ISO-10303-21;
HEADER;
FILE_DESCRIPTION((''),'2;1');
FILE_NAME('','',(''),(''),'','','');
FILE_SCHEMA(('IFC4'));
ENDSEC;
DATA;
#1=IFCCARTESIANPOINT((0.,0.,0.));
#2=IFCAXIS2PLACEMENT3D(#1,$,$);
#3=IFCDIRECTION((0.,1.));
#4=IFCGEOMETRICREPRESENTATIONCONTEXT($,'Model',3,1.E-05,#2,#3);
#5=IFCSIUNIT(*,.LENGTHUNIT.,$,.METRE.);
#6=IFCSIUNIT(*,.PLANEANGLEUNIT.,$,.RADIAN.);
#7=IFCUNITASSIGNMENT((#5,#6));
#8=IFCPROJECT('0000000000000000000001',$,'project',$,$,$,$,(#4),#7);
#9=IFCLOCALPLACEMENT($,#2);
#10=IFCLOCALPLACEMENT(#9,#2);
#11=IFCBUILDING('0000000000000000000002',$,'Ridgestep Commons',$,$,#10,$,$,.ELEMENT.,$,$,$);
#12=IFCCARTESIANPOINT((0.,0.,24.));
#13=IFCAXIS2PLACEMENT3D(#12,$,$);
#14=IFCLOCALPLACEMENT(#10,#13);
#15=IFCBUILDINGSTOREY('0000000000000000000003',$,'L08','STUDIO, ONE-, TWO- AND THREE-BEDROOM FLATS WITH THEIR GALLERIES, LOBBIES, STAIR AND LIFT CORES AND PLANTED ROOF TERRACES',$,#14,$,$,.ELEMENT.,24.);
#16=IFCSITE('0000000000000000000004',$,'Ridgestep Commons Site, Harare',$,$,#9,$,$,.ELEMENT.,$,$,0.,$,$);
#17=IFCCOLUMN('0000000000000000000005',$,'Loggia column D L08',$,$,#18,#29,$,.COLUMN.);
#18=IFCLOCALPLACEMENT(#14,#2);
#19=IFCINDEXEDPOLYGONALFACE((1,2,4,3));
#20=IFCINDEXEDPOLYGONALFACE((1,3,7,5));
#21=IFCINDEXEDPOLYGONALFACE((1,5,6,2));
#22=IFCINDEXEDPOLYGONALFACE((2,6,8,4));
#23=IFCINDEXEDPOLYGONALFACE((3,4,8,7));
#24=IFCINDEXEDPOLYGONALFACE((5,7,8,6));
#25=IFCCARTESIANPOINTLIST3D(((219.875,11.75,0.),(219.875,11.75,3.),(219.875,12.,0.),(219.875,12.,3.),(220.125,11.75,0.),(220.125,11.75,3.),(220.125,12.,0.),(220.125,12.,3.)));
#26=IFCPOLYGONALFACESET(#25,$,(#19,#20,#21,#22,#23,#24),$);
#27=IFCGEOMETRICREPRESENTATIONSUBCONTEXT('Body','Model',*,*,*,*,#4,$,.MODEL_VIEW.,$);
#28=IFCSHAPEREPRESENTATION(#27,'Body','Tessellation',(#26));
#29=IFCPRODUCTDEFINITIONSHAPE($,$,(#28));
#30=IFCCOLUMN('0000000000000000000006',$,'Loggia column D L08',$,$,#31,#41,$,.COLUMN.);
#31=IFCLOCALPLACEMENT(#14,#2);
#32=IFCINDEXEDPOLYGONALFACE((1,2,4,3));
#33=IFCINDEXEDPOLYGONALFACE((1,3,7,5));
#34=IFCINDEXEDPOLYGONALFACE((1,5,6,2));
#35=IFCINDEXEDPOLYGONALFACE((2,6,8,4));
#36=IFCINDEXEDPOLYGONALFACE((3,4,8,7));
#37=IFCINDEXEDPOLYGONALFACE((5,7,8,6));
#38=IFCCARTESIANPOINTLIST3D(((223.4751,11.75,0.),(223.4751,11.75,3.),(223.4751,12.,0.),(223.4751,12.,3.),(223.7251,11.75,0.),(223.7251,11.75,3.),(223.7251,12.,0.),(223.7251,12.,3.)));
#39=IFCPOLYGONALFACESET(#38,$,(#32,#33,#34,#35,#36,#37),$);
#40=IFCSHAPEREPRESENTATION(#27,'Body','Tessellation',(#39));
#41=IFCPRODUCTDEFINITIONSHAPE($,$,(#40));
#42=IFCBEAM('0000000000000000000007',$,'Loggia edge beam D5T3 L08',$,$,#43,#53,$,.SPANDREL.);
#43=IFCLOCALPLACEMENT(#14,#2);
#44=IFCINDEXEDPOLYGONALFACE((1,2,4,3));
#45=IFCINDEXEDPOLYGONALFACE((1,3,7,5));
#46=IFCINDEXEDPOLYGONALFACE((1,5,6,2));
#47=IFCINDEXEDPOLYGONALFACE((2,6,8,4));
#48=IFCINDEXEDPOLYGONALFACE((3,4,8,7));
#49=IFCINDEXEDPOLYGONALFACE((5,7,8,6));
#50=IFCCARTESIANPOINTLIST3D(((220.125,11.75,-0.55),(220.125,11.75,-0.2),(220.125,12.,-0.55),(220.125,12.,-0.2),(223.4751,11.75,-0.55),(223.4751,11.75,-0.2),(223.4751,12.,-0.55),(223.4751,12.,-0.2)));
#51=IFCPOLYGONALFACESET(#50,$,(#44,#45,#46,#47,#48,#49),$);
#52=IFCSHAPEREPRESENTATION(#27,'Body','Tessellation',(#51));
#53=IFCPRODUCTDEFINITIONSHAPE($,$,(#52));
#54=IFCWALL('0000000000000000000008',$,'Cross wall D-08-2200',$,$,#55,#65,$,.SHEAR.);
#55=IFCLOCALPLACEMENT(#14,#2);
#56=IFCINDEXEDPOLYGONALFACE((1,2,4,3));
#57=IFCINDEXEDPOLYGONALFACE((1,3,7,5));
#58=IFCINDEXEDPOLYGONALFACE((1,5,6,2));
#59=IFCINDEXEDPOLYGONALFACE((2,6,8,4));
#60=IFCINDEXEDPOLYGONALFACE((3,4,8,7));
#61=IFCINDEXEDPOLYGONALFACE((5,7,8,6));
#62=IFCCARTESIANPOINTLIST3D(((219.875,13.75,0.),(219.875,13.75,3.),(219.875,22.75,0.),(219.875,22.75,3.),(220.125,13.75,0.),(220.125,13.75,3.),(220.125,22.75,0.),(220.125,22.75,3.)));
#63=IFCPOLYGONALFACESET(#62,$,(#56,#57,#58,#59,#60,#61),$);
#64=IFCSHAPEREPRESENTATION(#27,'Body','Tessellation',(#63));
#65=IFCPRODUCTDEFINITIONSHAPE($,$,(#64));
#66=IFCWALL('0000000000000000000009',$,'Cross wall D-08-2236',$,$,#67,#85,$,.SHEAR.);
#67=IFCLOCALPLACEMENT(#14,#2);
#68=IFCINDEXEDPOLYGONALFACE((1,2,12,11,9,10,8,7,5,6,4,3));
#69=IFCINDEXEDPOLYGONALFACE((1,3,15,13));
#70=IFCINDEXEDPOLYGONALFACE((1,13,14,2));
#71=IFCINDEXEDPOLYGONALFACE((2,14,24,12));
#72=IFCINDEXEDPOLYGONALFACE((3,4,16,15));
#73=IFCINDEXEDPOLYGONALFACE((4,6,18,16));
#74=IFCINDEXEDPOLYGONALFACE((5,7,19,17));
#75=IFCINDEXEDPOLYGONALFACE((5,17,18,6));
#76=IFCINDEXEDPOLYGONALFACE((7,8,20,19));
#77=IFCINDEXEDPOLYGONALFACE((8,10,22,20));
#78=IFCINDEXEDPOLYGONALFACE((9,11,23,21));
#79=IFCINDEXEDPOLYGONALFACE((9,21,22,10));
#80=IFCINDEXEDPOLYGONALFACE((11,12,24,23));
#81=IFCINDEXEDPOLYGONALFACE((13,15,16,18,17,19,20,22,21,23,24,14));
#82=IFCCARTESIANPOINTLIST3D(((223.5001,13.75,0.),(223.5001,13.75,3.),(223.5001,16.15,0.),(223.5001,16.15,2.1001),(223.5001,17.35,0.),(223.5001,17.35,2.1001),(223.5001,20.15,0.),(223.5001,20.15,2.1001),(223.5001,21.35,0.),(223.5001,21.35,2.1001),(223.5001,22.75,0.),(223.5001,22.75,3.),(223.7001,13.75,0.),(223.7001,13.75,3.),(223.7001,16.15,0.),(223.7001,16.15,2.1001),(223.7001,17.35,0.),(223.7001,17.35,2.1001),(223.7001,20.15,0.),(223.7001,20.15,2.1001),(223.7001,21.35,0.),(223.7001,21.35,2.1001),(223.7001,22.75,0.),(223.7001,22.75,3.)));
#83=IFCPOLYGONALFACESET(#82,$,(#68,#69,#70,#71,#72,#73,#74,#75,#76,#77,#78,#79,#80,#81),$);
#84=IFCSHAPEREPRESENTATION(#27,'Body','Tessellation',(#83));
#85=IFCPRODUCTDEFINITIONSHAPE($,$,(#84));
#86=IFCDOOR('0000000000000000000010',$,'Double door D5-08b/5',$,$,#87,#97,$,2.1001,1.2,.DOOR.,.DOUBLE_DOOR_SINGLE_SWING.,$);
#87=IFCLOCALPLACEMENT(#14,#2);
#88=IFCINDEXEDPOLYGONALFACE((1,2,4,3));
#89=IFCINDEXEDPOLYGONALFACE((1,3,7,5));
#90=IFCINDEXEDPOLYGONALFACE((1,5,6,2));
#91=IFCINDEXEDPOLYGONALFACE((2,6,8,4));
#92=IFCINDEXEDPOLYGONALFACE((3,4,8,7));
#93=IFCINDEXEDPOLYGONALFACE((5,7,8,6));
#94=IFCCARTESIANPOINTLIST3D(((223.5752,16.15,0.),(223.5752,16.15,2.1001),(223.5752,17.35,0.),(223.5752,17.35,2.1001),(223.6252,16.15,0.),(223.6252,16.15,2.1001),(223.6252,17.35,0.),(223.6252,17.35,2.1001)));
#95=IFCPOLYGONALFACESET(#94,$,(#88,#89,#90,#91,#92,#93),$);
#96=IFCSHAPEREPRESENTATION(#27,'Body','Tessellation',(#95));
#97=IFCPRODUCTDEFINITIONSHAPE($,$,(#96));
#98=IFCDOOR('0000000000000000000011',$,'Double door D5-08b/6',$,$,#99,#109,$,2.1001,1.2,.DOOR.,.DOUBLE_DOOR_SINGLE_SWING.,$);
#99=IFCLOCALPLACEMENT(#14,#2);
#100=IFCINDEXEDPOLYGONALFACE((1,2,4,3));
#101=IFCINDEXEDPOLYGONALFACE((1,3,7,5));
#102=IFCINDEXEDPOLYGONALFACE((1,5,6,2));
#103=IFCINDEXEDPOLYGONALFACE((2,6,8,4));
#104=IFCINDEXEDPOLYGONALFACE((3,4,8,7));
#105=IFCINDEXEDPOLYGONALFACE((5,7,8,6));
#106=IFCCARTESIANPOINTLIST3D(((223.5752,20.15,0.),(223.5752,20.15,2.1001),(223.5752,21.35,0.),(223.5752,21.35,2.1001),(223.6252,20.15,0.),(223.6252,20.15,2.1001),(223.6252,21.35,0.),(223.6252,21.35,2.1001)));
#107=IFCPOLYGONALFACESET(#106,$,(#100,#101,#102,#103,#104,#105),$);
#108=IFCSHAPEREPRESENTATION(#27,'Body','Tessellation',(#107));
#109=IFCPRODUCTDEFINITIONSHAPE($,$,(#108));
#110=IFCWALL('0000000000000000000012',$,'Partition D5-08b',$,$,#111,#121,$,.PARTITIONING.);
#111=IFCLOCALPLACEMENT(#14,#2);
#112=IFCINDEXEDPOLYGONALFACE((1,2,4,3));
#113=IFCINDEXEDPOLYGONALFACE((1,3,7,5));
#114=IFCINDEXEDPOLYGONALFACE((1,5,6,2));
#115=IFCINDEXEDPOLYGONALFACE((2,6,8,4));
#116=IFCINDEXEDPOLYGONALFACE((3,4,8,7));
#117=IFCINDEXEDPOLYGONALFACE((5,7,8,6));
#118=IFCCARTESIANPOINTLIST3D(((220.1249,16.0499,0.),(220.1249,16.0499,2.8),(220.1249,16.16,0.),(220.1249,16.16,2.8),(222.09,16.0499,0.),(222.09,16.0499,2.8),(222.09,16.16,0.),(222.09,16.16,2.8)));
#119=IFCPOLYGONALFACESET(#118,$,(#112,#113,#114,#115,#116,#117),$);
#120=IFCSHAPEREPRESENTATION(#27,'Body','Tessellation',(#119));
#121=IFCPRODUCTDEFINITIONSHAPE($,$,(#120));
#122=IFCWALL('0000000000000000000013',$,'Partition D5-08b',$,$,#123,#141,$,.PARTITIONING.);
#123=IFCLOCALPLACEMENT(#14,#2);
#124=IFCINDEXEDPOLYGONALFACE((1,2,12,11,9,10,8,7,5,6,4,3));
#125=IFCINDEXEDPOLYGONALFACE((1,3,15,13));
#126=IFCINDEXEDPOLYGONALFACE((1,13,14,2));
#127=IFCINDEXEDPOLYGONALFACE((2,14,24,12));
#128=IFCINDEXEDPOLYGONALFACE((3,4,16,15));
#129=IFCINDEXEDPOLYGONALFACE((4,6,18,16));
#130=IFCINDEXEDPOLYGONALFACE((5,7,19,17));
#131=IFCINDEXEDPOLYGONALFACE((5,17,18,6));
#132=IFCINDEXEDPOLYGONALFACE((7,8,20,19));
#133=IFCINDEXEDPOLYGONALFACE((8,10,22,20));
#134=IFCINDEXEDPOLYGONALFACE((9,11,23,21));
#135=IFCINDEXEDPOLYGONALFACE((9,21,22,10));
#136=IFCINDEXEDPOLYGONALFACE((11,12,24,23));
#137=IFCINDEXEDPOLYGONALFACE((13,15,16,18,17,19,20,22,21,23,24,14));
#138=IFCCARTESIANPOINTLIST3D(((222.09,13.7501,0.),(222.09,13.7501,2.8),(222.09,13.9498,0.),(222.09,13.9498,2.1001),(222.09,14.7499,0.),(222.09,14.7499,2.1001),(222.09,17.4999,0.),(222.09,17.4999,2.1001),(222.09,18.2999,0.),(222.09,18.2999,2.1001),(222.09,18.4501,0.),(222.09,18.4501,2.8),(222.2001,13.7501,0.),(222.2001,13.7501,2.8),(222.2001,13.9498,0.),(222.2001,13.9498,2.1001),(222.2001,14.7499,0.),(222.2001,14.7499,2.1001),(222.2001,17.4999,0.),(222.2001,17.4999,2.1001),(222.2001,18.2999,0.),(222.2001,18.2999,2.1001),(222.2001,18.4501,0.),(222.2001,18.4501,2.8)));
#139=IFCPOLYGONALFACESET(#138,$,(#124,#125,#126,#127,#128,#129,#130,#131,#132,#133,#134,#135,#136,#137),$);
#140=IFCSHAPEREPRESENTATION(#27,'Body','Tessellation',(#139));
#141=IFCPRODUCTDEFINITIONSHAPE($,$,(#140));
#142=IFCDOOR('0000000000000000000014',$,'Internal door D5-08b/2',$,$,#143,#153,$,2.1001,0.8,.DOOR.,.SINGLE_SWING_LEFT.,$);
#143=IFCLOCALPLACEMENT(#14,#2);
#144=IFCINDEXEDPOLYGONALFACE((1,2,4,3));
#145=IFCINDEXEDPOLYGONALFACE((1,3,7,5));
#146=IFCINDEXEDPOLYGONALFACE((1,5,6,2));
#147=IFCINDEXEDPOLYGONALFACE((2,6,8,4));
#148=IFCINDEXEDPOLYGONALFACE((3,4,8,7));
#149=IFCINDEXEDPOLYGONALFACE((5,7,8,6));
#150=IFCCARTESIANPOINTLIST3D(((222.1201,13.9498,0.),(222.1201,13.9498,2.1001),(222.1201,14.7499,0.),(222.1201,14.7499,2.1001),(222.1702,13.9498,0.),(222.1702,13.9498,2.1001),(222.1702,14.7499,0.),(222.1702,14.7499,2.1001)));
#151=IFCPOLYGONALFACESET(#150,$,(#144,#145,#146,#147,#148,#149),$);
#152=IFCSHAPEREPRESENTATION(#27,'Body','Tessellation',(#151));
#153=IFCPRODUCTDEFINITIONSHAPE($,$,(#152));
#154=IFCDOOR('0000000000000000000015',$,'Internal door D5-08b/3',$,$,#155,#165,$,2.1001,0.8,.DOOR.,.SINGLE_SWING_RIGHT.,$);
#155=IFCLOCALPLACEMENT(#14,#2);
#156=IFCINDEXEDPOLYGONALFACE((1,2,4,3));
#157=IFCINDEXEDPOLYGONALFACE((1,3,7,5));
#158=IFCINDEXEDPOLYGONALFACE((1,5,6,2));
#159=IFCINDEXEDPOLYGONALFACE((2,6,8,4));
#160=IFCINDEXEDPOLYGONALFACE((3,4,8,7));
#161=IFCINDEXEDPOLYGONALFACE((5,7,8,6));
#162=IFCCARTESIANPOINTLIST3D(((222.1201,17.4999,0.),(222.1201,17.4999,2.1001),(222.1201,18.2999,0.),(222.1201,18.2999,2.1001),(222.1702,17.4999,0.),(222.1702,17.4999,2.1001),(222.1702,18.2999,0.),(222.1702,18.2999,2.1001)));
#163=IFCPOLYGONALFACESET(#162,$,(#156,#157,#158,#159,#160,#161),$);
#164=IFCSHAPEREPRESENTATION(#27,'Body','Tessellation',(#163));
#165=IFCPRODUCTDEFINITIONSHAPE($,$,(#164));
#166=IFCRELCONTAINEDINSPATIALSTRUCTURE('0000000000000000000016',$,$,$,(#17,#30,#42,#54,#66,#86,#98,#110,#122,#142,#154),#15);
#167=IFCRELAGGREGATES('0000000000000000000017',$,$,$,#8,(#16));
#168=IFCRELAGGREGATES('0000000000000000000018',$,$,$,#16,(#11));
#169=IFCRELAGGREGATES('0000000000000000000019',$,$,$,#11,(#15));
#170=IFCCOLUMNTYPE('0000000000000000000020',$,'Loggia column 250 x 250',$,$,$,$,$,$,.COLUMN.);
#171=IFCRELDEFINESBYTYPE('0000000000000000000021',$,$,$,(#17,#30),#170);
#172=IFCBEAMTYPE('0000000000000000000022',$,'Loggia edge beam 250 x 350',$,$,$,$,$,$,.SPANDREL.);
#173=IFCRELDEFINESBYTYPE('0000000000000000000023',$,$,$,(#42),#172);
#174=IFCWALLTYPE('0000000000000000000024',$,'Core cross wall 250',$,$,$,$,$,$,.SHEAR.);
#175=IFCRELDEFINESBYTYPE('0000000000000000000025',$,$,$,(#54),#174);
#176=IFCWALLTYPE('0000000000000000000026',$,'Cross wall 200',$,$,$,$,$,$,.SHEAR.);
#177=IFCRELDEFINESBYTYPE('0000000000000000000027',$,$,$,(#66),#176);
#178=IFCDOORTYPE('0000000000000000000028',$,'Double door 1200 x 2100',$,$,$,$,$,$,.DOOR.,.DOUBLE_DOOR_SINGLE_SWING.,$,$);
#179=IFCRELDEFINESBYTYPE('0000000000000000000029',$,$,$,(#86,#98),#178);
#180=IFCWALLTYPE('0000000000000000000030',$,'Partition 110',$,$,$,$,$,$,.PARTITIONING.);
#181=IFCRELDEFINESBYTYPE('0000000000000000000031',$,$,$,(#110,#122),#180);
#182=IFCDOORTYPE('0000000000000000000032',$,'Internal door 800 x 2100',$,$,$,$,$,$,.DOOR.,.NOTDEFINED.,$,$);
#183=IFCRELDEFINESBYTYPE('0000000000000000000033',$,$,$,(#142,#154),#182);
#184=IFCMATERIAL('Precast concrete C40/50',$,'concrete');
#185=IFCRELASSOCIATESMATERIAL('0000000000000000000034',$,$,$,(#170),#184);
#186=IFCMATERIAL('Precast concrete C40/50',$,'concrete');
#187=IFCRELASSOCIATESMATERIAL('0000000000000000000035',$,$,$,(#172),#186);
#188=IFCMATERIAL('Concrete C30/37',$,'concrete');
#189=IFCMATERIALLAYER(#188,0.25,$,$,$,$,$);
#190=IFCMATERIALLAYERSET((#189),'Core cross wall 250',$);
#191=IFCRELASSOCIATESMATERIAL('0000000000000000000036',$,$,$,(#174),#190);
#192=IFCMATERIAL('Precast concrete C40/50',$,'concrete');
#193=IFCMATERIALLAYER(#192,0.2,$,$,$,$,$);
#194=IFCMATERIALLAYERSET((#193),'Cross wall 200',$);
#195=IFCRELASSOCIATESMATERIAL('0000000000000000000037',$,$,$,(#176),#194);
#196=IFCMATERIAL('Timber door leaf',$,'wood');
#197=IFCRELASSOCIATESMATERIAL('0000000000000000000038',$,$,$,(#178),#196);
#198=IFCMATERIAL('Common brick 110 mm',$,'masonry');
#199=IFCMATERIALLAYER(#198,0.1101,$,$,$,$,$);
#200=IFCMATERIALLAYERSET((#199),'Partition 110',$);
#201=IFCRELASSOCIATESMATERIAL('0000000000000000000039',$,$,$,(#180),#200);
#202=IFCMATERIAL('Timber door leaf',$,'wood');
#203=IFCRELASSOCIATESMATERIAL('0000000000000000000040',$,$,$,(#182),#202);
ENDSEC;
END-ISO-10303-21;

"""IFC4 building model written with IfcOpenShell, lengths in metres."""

from ifc_helpers import new_model, si_unit, direction, frame, frame_2d, origin, origin_2d, place, context, subcontext, project, spatial, rectangle, extrude, material, layer, layer_set, material_profile, profile_set, type_object, element, fill, save


model = new_model("IFC4")

# Units and contexts
model_context = context("Model", 3, precision=1e-05, world=origin(), true_north=direction((0.0, 1.0)))
body_context = subcontext(model_context, "Body", "Model", "MODEL_VIEW")
ifc_project = project(units=[si_unit("LENGTHUNIT", "METRE"), si_unit("PLANEANGLEUNIT", "RADIAN")], contexts=[model_context])

# Site, building, storey
site_placement = place(None, origin())
site = spatial("IfcSite", under=ifc_project, at=site_placement, Name="Ridgestep Commons Site, Harare", CompositionType="ELEMENT", RefElevation=0.0)
building_placement = place(site_placement, origin())
building = spatial("IfcBuilding", under=site, at=building_placement, Name="Ridgestep Commons", CompositionType="ELEMENT")
storey_placement = place(building_placement, frame((0.0, 0.0, 24.0)))
storey = spatial("IfcBuildingStorey", under=building, at=storey_placement, Name="L08", Description="STUDIO, ONE-, TWO- AND THREE-BEDROOM FLATS WITH THEIR GALLERIES, LOBBIES, STAIR AND LIFT CORES AND PLANTED ROOF TERRACES", CompositionType="ELEMENT", Elevation=24.0)

# Columns
ifc_material_1 = material(Name="Precast concrete C40/50", Category="concrete")
ifc_material_profile_1 = material_profile(ifc_material_1, rectangle(XDim=0.25, YDim=0.25, at=origin_2d()), Name="PC 250x250")
ifc_profile_set_1 = profile_set([ifc_material_profile_1], Name="Precast concrete C40/50")
column_type = type_object("IfcColumnType", Name="Loggia column 250 x 250", PredefinedType="COLUMN", material=ifc_profile_set_1)
for number, where, z_axis, x_axis, name in (
    (1, (220.0, 11.875, 0.0), (0.0, 0.0, 1.0), (1.0, 0.0, 0.0), "Loggia column D L08"),
    (2, (223.6001, 11.875, 0.0), (0.0, 0.0, 1.0), (1.0, 0.0, 0.0), "Loggia column D L08"),
):
    element("IfcColumn", number, at=place(storey_placement, frame(where, z_axis=z_axis, x_axis=x_axis)), inside=storey, type_object=column_type, Name=name, PredefinedType="COLUMN", context=body_context, shape_type="SweptSolid", body=[
        extrude(rectangle(XDim=0.25, YDim=0.25, at=origin_2d()), origin(), (0.0, 0.0, 1.0), 3.0),
    ])

# Beam
ifc_material_2 = material(Name="Precast concrete C40/50", Category="concrete")
ifc_material_profile_2 = material_profile(ifc_material_2, rectangle(XDim=0.25, YDim=0.3501, at=origin_2d()), Name="PC 250x350")
ifc_profile_set_2 = profile_set([ifc_material_profile_2], Name="Precast concrete C40/50")
beam_type = type_object("IfcBeamType", Name="Loggia edge beam 250 x 350", PredefinedType="SPANDREL", material=ifc_profile_set_2)
beam_placement = place(storey_placement, frame((220.125, 11.875, -0.375), z_axis=(1.0, 0.0, 0.0), x_axis=(0.0, 1.0, 0.0)))
element("IfcBeam", 3, at=beam_placement, inside=storey, type_object=beam_type, Name="Loggia edge beam D5T3 L08", PredefinedType="SPANDREL", context=body_context, shape_type="SweptSolid", body=[
    extrude(rectangle(XDim=0.25, YDim=0.3501, at=origin_2d()), origin(), (0.0, 0.0, 1.0), 3.3501),
])

# Wall
ifc_material_3 = material(Name="Concrete C30/37", Category="concrete")
ifc_layer_1 = layer(ifc_material_3, 0.25)
ifc_layer_set_1 = layer_set([ifc_layer_1], Name="Core cross wall 250")
wall_type_1 = type_object("IfcWallType", Name="Core cross wall 250", PredefinedType="SHEAR", material=ifc_layer_set_1)
wall_1_placement = place(storey_placement, frame((220.0, 13.75, 0.0), z_axis=(0.0, 0.0, 1.0), x_axis=(0.0, 1.0, 0.0)))
element("IfcWall", 4, at=wall_1_placement, inside=storey, type_object=wall_type_1, Name="Cross wall D-08-2200", PredefinedType="SHEAR", context=body_context, shape_type="SweptSolid", body=[
    extrude(rectangle(XDim=9.0, YDim=0.25, at=frame_2d((4.5, 0.0))), origin(), (0.0, 0.0, 1.0), 3.0),
])

# Wall, openings, doors
ifc_material_4 = material(Name="Precast concrete C40/50", Category="concrete")
ifc_layer_2 = layer(ifc_material_4, 0.2)
ifc_layer_set_2 = layer_set([ifc_layer_2], Name="Cross wall 200")
wall_type_2 = type_object("IfcWallType", Name="Cross wall 200", PredefinedType="SHEAR", material=ifc_layer_set_2)
wall_2_placement = place(storey_placement, frame((223.6001, 13.75, 0.0), z_axis=(0.0, 0.0, 1.0), x_axis=(0.0, 1.0, 0.0)))
wall_2 = element("IfcWall", 5, at=wall_2_placement, inside=storey, type_object=wall_type_2, Name="Cross wall D-08-2236", PredefinedType="SHEAR", context=body_context, shape_type="SweptSolid", body=[
    extrude(rectangle(XDim=9.0, YDim=0.2, at=frame_2d((4.5, 0.0))), origin(), (0.0, 0.0, 1.0), 3.0),
])
opening_1_placement = place(wall_2_placement, frame((2.3999, 0.0, 0.0)))
opening_1 = element("IfcOpeningElement", 6, at=opening_1_placement, cuts=wall_2, PredefinedType="OPENING", context=body_context, shape_type="SweptSolid", body=[
    extrude(rectangle(XDim=1.2, YDim=2.1001, at=frame_2d((0.6001, 1.05))), frame((0.0, 0.1099, 0.0), z_axis=(0.0, -1.0, 0.0), x_axis=(1.0, 0.0, 0.0)), (0.0, 0.0, 1.0), 0.22),
])
opening_2_placement = place(wall_2_placement, frame((6.3999, 0.0, 0.0)))
opening_2 = element("IfcOpeningElement", 7, at=opening_2_placement, cuts=wall_2, PredefinedType="OPENING", context=body_context, shape_type="SweptSolid", body=[
    extrude(rectangle(XDim=1.2, YDim=2.1001, at=frame_2d((0.6001, 1.05))), frame((0.0, 0.1099, 0.0), z_axis=(0.0, -1.0, 0.0), x_axis=(1.0, 0.0, 0.0)), (0.0, 0.0, 1.0), 0.22),
])
ifc_material_5 = material(Name="Timber door leaf", Category="wood")
door_type_1 = type_object("IfcDoorType", Name="Double door 1200 x 2100", OperationType="DOUBLE_DOOR_SINGLE_SWING", PredefinedType="DOOR", material=ifc_material_5)
door_1_placement = place(opening_1_placement, origin())
door_1 = element("IfcDoor", 8, at=door_1_placement, inside=storey, type_object=door_type_1, Name="Double door D5-08b/5", OperationType="DOUBLE_DOOR_SINGLE_SWING", OverallHeight=2.1001, OverallWidth=1.2, PredefinedType="DOOR", context=body_context, shape_type="SweptSolid", body=[
    extrude(rectangle(XDim=1.2, YDim=2.1001, at=frame_2d((0.6001, 1.05))), frame((0.0, 0.0249, 0.0), z_axis=(0.0, -1.0, 0.0), x_axis=(1.0, 0.0, 0.0)), (0.0, 0.0, 1.0), 0.05),
])
fill(opening_1, door_1)
door_2_placement = place(opening_2_placement, origin())
door_2 = element("IfcDoor", 9, at=door_2_placement, inside=storey, type_object=door_type_1, Name="Double door D5-08b/6", OperationType="DOUBLE_DOOR_SINGLE_SWING", OverallHeight=2.1001, OverallWidth=1.2, PredefinedType="DOOR", context=body_context, shape_type="SweptSolid", body=[
    extrude(rectangle(XDim=1.2, YDim=2.1001, at=frame_2d((0.6001, 1.05))), frame((0.0, 0.0249, 0.0), z_axis=(0.0, -1.0, 0.0), x_axis=(1.0, 0.0, 0.0)), (0.0, 0.0, 1.0), 0.05),
])
fill(opening_2, door_2)

# Wall
ifc_material_6 = material(Name="Common brick 110 mm", Category="masonry")
ifc_layer_3 = layer(ifc_material_6, 0.1101)
ifc_layer_set_3 = layer_set([ifc_layer_3], Name="Partition 110")
wall_type_3 = type_object("IfcWallType", Name="Partition 110", PredefinedType="PARTITIONING", material=ifc_layer_set_3)
wall_3_placement = place(storey_placement, frame((220.125, 16.105, 0.0), z_axis=(0.0, 0.0, 1.0), x_axis=(1.0, 0.0, 0.0)))
element("IfcWall", 10, at=wall_3_placement, inside=storey, type_object=wall_type_3, Name="Partition D5-08b", PredefinedType="PARTITIONING", context=body_context, shape_type="SweptSolid", body=[
    extrude(rectangle(XDim=1.9651, YDim=0.1101, at=frame_2d((0.9824, 0.0))), origin(), (0.0, 0.0, 1.0), 2.8),
])

# Wall, openings, doors
wall_4_placement = place(storey_placement, frame((222.145, 13.75, 0.0), z_axis=(0.0, 0.0, 1.0), x_axis=(0.0, 1.0, 0.0)))
wall_4 = element("IfcWall", 11, at=wall_4_placement, inside=storey, type_object=wall_type_3, Name="Partition D5-08b", PredefinedType="PARTITIONING", context=body_context, shape_type="SweptSolid", body=[
    extrude(rectangle(XDim=4.7, YDim=0.1101, at=frame_2d((2.3501, 0.0))), origin(), (0.0, 0.0, 1.0), 2.8),
])
opening_3_placement = place(wall_4_placement, frame((0.2, 0.0, 0.0)))
opening_3 = element("IfcOpeningElement", 12, at=opening_3_placement, cuts=wall_4, PredefinedType="OPENING", context=body_context, shape_type="SweptSolid", body=[
    extrude(rectangle(XDim=0.8, YDim=2.1001, at=frame_2d((0.3999, 1.05))), frame((0.0, 0.0649, 0.0), z_axis=(0.0, -1.0, 0.0), x_axis=(1.0, 0.0, 0.0)), (0.0, 0.0, 1.0), 0.1301),
])
opening_4_placement = place(wall_4_placement, frame((3.75, 0.0, 0.0)))
opening_4 = element("IfcOpeningElement", 13, at=opening_4_placement, cuts=wall_4, PredefinedType="OPENING", context=body_context, shape_type="SweptSolid", body=[
    extrude(rectangle(XDim=0.8, YDim=2.1001, at=frame_2d((0.3999, 1.05))), frame((0.0, 0.0649, 0.0), z_axis=(0.0, -1.0, 0.0), x_axis=(1.0, 0.0, 0.0)), (0.0, 0.0, 1.0), 0.1301),
])
ifc_material_7 = material(Name="Timber door leaf", Category="wood")
door_type_2 = type_object("IfcDoorType", Name="Internal door 800 x 2100", OperationType="NOTDEFINED", PredefinedType="DOOR", material=ifc_material_7)
door_3_placement = place(opening_3_placement, origin())
door_3 = element("IfcDoor", 14, at=door_3_placement, inside=storey, type_object=door_type_2, Name="Internal door D5-08b/2", OperationType="SINGLE_SWING_LEFT", OverallHeight=2.1001, OverallWidth=0.8, PredefinedType="DOOR", context=body_context, shape_type="SweptSolid", body=[
    extrude(rectangle(XDim=0.8, YDim=2.1001, at=frame_2d((0.3999, 1.05))), frame((0.0, 0.0249, 0.0), z_axis=(0.0, -1.0, 0.0), x_axis=(1.0, 0.0, 0.0)), (0.0, 0.0, 1.0), 0.05),
])
fill(opening_3, door_3)
door_4_placement = place(opening_4_placement, origin())
door_4 = element("IfcDoor", 15, at=door_4_placement, inside=storey, type_object=door_type_2, Name="Internal door D5-08b/3", OperationType="SINGLE_SWING_RIGHT", OverallHeight=2.1001, OverallWidth=0.8, PredefinedType="DOOR", context=body_context, shape_type="SweptSolid", body=[
    extrude(rectangle(XDim=0.8, YDim=2.1001, at=frame_2d((0.3999, 1.05))), frame((0.0, 0.0249, 0.0), z_axis=(0.0, -1.0, 0.0), x_axis=(1.0, 0.0, 0.0)), (0.0, 0.0, 1.0), 0.05),
])
fill(opening_4, door_4)

save(model, "model.ifc")
